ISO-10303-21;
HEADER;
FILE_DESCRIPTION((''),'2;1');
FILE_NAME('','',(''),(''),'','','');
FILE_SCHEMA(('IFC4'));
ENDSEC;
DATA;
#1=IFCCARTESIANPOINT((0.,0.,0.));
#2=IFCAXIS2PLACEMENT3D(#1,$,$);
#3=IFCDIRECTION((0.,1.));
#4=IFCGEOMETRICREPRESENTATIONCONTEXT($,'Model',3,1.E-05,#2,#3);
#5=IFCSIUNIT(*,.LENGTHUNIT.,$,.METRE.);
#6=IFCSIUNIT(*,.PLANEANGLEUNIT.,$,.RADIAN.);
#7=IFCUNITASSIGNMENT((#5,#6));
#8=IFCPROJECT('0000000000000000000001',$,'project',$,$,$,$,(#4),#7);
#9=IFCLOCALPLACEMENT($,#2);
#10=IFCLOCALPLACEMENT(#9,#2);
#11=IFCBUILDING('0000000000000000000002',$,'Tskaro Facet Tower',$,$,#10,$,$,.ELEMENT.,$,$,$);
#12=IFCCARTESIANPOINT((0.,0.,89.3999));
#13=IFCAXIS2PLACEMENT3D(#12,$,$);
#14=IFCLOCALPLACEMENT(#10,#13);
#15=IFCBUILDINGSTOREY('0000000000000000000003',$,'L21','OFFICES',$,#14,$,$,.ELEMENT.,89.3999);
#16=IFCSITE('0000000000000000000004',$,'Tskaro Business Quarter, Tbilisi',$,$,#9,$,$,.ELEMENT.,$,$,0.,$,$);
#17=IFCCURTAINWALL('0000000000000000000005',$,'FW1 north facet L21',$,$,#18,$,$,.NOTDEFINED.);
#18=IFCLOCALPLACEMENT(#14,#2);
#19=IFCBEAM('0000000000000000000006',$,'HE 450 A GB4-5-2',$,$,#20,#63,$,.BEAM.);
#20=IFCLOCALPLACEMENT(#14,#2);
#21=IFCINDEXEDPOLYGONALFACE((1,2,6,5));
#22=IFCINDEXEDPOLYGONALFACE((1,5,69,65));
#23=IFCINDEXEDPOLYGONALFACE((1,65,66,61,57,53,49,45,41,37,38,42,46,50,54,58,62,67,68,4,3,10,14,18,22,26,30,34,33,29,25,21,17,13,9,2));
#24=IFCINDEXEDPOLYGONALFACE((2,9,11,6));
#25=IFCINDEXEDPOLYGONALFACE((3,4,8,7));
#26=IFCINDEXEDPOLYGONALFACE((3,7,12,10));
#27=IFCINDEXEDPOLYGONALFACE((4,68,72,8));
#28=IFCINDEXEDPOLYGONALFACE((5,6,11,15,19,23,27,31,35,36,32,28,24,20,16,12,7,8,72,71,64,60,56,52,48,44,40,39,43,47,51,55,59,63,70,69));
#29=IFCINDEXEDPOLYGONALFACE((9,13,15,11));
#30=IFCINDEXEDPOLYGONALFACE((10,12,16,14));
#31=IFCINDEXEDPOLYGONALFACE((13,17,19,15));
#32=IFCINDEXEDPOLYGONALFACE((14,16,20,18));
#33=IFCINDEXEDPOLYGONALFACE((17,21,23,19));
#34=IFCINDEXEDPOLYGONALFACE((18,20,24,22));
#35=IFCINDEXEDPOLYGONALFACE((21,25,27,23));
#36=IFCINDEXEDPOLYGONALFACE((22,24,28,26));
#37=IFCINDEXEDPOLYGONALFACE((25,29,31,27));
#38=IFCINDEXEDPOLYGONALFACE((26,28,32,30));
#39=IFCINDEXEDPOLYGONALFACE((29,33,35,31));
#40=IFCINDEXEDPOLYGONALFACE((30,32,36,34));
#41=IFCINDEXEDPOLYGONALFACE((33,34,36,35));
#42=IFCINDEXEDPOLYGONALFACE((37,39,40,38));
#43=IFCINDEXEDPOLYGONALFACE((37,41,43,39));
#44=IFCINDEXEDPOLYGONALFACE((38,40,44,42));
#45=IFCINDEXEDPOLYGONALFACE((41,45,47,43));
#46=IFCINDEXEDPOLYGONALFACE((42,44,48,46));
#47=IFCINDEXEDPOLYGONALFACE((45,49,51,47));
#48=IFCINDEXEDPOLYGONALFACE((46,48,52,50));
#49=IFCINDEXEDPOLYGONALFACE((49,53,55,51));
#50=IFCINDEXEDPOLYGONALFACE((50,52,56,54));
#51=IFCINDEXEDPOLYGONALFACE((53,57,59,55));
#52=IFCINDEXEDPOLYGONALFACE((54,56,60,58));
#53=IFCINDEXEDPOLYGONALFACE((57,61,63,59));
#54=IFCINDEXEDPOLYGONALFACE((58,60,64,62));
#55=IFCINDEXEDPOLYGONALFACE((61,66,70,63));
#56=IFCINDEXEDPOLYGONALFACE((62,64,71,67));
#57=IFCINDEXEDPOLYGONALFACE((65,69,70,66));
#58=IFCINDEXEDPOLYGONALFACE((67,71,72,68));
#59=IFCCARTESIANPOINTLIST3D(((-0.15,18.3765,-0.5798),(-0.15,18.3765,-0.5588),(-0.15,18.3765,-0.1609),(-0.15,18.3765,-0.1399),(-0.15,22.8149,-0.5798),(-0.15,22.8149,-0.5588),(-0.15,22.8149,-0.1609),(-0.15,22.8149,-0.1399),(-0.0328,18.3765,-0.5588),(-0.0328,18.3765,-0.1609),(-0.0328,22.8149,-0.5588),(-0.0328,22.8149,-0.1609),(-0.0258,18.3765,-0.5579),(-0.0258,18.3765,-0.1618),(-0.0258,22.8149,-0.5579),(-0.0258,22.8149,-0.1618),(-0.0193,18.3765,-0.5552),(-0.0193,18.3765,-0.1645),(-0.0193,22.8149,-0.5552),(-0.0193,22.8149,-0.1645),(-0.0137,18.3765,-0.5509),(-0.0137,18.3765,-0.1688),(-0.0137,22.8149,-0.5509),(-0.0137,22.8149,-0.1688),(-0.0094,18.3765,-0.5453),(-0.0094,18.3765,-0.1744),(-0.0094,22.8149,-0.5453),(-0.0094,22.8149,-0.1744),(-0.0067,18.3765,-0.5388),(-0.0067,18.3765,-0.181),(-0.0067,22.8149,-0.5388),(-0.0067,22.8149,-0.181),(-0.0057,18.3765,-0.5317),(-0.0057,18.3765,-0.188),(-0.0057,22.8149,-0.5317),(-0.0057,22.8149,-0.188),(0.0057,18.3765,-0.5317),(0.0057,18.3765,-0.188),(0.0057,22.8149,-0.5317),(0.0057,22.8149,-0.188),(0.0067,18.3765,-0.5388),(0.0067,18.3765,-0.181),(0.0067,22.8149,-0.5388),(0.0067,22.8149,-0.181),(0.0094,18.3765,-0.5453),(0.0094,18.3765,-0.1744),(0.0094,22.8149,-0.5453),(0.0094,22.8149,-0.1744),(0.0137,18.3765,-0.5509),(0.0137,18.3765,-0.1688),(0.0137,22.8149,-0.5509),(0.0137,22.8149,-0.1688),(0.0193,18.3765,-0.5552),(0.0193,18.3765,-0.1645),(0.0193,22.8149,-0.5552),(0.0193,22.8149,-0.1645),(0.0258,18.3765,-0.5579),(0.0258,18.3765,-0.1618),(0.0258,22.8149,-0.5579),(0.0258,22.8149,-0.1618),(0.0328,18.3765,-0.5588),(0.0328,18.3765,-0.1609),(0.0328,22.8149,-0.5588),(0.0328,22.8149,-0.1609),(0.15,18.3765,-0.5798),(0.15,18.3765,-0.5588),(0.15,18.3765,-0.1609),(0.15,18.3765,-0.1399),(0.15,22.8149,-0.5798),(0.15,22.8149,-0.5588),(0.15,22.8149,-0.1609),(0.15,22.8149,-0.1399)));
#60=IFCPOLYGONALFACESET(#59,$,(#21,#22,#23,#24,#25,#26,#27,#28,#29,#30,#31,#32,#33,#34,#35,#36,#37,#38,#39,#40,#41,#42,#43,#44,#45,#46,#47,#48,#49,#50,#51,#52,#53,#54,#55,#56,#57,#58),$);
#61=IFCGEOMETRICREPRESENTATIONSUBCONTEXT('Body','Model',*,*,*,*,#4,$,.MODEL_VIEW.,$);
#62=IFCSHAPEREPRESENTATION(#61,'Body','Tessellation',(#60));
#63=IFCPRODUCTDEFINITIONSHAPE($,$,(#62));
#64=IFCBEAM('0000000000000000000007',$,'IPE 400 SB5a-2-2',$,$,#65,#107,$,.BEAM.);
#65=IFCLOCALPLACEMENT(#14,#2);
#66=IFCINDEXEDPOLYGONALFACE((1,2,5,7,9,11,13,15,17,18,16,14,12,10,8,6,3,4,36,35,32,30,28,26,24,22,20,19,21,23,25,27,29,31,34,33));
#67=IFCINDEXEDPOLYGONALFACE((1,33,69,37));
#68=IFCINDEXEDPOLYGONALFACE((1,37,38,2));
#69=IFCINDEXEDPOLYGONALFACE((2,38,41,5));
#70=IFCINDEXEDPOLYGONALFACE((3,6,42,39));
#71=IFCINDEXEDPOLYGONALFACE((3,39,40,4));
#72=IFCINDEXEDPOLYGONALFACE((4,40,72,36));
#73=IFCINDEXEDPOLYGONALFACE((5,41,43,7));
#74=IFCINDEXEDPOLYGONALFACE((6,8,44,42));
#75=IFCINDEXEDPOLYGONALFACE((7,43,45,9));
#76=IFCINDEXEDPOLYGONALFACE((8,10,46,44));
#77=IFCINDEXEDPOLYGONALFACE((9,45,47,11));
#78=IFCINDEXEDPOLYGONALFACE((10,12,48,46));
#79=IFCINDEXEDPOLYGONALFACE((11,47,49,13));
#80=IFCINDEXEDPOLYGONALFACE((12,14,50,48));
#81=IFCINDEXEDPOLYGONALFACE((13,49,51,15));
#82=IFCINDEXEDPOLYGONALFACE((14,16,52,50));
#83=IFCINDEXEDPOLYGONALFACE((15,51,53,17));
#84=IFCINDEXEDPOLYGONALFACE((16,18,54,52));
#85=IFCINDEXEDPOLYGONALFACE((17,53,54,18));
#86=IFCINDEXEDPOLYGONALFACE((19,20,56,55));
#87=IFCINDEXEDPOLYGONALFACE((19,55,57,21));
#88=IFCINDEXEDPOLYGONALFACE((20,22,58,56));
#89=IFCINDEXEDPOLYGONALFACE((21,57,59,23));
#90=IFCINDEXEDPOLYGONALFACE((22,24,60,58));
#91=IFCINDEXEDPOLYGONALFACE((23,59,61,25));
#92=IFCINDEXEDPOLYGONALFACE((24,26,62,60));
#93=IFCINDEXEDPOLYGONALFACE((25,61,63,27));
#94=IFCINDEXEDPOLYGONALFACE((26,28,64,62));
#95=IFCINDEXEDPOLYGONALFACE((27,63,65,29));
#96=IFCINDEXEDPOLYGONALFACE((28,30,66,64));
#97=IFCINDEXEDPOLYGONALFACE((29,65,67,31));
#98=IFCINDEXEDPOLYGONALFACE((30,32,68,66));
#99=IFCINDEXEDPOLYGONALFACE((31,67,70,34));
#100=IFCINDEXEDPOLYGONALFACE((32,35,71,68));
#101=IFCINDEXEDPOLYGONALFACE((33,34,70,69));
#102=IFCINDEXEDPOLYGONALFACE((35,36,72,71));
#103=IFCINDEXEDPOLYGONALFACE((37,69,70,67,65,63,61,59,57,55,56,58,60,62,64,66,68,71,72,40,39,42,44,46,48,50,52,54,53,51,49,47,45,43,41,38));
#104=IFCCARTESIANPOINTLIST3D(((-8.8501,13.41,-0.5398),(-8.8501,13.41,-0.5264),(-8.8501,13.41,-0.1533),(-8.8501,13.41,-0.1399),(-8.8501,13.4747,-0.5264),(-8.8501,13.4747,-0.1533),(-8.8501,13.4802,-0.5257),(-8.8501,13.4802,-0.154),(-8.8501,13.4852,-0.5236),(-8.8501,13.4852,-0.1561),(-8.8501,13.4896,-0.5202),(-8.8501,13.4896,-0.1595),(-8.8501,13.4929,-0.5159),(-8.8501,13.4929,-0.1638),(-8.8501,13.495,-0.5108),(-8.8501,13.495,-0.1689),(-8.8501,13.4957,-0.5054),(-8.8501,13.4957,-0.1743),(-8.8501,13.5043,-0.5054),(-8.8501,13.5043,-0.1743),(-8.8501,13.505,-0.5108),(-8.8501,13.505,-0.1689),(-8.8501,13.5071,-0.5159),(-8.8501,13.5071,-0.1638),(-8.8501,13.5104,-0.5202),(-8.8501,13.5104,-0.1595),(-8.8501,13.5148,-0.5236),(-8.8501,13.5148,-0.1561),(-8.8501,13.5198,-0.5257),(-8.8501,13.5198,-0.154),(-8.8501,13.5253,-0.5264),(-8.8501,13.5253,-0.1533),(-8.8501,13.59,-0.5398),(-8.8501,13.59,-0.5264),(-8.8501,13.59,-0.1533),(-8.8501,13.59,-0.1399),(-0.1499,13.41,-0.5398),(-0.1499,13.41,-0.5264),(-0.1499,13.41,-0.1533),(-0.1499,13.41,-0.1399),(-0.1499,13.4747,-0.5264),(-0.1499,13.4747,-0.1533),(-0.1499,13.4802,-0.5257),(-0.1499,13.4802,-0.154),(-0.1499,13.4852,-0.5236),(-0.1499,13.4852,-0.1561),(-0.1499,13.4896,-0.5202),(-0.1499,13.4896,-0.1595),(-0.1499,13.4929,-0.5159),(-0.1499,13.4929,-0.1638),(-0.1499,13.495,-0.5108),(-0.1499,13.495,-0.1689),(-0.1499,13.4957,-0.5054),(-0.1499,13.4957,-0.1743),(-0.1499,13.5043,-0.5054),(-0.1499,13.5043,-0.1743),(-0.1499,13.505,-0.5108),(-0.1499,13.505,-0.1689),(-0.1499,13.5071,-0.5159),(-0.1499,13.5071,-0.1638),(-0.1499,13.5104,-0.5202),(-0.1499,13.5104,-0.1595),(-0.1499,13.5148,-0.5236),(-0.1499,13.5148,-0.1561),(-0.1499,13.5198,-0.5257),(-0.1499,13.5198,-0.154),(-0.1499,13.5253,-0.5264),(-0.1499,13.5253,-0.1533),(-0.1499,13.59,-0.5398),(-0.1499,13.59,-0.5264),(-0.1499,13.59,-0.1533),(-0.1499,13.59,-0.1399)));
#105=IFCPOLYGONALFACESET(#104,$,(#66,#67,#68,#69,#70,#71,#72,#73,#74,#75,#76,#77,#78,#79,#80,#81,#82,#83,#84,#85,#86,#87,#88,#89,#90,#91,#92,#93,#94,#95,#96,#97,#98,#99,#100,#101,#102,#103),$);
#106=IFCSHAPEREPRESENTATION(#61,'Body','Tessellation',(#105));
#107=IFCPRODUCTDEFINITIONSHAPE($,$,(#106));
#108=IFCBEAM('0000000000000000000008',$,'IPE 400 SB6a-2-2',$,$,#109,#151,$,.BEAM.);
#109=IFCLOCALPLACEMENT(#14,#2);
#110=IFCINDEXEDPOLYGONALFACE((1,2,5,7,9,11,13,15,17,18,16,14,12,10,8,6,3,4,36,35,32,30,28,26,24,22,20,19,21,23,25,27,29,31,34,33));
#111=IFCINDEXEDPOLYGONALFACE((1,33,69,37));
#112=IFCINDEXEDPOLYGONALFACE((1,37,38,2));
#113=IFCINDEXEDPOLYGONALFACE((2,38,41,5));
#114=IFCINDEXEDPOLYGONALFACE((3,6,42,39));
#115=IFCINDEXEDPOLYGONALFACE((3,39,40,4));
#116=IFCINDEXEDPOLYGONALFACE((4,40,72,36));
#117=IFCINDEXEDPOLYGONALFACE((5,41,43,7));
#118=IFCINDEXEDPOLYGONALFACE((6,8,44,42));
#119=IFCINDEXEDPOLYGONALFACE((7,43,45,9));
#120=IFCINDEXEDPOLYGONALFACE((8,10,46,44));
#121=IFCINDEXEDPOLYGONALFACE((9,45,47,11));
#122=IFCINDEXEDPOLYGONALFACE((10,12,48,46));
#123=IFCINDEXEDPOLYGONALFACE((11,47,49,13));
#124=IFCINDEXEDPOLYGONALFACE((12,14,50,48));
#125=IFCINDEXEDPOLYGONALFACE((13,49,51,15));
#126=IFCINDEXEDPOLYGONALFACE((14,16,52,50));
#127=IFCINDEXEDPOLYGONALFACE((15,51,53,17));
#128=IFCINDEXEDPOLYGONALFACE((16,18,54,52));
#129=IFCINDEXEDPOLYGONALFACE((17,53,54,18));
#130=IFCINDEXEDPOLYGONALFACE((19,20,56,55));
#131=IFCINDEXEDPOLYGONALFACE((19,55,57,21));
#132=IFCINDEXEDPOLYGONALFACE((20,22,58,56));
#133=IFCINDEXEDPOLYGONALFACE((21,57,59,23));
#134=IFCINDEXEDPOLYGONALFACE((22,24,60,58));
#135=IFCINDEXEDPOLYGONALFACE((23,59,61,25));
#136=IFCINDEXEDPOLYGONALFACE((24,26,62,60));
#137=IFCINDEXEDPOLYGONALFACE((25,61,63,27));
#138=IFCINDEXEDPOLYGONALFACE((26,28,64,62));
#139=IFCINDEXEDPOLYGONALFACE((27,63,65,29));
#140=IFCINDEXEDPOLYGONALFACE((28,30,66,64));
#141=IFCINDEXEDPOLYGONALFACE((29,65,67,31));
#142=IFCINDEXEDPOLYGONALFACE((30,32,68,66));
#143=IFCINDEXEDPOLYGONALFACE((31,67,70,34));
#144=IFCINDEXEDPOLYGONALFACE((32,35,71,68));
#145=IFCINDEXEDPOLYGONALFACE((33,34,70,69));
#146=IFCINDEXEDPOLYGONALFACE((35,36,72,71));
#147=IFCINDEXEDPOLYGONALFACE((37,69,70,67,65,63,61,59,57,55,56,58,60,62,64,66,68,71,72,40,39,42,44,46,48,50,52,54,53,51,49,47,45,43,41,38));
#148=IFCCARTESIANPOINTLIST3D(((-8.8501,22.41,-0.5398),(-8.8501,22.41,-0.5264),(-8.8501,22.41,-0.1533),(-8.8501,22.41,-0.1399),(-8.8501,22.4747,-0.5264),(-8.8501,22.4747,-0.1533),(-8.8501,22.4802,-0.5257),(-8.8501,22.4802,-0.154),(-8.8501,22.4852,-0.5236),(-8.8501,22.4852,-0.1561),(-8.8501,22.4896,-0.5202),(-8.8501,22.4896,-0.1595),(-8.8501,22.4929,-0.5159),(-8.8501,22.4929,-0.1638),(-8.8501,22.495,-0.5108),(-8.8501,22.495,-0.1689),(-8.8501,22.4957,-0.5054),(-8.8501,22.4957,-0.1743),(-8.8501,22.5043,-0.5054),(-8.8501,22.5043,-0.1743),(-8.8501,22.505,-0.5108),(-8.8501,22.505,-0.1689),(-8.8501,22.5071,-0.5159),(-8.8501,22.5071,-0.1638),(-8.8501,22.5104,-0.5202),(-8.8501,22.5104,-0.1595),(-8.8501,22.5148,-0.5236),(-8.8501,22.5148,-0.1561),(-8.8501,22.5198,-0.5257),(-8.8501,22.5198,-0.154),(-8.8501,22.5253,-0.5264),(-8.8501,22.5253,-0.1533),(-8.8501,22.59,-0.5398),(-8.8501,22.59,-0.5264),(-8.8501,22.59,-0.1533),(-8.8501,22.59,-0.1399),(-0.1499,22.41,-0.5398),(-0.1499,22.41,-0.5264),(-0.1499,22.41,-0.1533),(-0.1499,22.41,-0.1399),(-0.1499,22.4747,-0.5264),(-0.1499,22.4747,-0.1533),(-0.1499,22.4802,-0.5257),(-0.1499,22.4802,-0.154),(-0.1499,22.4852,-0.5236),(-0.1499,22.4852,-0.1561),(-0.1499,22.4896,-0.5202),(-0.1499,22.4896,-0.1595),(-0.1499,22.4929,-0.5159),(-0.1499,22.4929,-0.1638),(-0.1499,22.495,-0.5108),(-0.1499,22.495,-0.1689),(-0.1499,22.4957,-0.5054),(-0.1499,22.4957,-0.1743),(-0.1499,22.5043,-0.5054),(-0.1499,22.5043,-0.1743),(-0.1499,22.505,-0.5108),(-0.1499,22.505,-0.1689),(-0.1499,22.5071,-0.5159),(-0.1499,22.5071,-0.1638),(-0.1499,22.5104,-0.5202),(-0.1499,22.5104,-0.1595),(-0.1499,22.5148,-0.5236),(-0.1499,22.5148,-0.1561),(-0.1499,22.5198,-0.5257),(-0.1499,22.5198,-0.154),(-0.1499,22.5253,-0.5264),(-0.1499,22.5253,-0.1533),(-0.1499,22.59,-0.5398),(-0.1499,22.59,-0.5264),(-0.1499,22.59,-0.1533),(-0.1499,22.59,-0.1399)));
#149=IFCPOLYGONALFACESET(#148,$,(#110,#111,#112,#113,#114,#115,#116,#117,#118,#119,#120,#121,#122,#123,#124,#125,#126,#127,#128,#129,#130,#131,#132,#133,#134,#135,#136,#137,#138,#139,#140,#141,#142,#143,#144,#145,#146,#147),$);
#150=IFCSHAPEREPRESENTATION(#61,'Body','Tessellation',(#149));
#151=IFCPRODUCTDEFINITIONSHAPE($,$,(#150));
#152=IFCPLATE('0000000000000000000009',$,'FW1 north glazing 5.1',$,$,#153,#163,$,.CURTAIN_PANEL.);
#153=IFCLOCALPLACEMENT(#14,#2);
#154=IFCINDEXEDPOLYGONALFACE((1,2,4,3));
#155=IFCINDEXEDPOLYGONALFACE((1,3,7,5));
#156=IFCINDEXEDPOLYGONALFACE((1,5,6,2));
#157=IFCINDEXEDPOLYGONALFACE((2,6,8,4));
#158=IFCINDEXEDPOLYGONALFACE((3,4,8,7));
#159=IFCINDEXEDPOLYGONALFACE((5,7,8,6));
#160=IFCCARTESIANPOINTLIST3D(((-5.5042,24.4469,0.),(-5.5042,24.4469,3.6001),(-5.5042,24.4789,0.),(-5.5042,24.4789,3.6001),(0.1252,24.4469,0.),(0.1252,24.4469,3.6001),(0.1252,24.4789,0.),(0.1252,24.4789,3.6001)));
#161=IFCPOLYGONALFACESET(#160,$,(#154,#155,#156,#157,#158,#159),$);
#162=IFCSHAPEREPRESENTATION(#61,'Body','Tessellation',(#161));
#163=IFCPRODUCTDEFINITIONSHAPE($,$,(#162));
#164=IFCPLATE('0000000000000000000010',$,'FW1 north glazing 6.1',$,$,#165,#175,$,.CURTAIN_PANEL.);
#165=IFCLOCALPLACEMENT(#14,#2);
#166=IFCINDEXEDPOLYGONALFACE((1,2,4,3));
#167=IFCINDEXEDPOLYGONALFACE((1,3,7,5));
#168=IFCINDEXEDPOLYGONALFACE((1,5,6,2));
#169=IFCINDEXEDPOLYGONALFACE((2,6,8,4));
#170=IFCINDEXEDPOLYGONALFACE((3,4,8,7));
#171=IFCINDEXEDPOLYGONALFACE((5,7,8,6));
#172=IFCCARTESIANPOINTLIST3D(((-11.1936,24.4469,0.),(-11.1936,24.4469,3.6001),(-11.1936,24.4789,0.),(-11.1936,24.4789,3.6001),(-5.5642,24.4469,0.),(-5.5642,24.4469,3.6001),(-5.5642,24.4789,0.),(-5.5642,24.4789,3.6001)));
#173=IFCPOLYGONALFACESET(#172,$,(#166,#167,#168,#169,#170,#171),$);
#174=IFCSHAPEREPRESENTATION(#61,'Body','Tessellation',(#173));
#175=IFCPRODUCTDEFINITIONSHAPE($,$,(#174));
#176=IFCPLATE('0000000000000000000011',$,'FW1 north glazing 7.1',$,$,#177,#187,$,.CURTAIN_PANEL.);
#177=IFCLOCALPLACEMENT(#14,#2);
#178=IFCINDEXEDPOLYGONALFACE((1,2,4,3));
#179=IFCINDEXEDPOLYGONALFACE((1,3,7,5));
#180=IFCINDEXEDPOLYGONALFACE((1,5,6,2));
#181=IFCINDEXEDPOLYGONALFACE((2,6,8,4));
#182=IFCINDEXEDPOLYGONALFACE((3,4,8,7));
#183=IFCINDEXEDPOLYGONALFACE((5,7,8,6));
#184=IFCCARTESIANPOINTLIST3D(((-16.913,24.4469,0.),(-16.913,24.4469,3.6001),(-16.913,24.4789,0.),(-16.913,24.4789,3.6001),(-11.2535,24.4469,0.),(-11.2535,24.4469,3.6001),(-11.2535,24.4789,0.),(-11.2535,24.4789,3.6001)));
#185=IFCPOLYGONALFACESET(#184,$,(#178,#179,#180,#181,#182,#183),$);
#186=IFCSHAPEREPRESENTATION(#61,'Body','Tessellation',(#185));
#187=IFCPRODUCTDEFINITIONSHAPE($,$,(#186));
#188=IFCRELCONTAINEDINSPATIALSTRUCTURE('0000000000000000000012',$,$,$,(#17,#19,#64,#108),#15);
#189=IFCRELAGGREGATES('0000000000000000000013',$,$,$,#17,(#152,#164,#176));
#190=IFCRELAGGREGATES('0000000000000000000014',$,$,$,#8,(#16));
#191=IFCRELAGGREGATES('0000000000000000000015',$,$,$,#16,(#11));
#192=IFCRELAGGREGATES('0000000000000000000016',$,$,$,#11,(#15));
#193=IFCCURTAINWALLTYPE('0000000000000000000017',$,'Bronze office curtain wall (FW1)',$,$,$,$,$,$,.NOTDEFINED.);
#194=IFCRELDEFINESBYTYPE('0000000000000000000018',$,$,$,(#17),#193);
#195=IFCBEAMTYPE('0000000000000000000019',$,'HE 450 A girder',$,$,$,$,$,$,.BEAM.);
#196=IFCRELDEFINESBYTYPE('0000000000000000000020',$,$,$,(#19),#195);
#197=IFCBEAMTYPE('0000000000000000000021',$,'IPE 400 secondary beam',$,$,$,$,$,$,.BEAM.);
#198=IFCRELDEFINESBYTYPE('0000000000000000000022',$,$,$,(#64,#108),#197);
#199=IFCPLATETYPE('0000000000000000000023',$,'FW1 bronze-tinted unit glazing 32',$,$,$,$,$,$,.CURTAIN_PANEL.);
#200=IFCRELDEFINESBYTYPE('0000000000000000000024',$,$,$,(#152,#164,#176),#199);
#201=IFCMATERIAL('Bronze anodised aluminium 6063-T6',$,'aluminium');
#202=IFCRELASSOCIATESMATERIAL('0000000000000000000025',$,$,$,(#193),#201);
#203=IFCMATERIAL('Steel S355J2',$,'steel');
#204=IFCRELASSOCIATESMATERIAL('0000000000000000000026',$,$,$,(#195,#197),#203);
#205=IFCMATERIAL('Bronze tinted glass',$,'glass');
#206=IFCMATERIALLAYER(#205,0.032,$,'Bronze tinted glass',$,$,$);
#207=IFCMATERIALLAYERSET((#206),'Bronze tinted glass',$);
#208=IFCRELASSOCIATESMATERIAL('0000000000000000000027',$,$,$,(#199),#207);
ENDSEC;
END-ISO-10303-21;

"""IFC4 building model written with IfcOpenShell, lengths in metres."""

from ifc_helpers import new_model, si_unit, direction, frame, origin, origin_2d, place, context, subcontext, project, spatial, rectangle, i_section, extrude, material, layer, layer_set, material_profile, profile_set, type_object, element, aggregate, save


model = new_model("IFC4")

# Units and contexts
model_context = context("Model", 3, precision=1e-05, world=origin(), true_north=direction((0.0, 1.0)))
body_context = subcontext(model_context, "Body", "Model", "MODEL_VIEW")
ifc_project = project(units=[si_unit("LENGTHUNIT", "METRE"), si_unit("PLANEANGLEUNIT", "RADIAN")], contexts=[model_context])

# Site, building, storey
site_placement = place(None, origin())
site = spatial("IfcSite", under=ifc_project, at=site_placement, Name="Tskaro Business Quarter, Tbilisi", CompositionType="ELEMENT", RefElevation=0.0)
building_placement = place(site_placement, origin())
building = spatial("IfcBuilding", under=site, at=building_placement, Name="Tskaro Facet Tower", CompositionType="ELEMENT")
storey_placement = place(building_placement, frame((0.0, 0.0, 89.3999)))
storey = spatial("IfcBuildingStorey", under=building, at=storey_placement, Name="L21", Description="OFFICES", CompositionType="ELEMENT", Elevation=89.3999)

# Curtain wall
ifc_material_1 = material(Name="Bronze anodised aluminium 6063-T6", Category="aluminium")
curtain_wall_type = type_object("IfcCurtainWallType", Name="Bronze office curtain wall (FW1)", PredefinedType="NOTDEFINED", material=ifc_material_1)
curtain_wall_placement = place(storey_placement, origin())
curtain_wall = element("IfcCurtainWall", 1, at=curtain_wall_placement, inside=storey, type_object=curtain_wall_type, Name="FW1 north facet L21", PredefinedType="NOTDEFINED")

# Beams
ifc_material_2 = material(Name="Steel S355J2", Category="steel")
ifc_material_profile_1 = material_profile(ifc_material_2, i_section(OverallWidth=0.3, OverallDepth=0.4399, WebThickness=0.0115, FlangeThickness=0.021, FilletRadius=0.0271, at=origin_2d()), Name="HE 450 A")
ifc_profile_set_1 = profile_set([ifc_material_profile_1], Name="Steel S355J2")
beam_type_1 = type_object("IfcBeamType", Name="HE 450 A girder", PredefinedType="BEAM", material=ifc_profile_set_1)
for number, where, z_axis, x_axis, name in (
    (2, (0.0, 18.3765, -0.3599), (0.0, 1.0, 0.0), (-1.0, 0.0, 0.0), "HE 450 A GB4-5-2"),
):
    element("IfcBeam", number, at=place(storey_placement, frame(where, z_axis=z_axis, x_axis=x_axis)), inside=storey, type_object=beam_type_1, Name=name, PredefinedType="BEAM", context=body_context, shape_type="SweptSolid", body=[
        extrude(i_section(OverallWidth=0.3, OverallDepth=0.4399, WebThickness=0.0115, FlangeThickness=0.021, FilletRadius=0.0271, at=origin_2d()), origin(), (0.0, 0.0, 1.0), 4.4385),
    ])
ifc_material_profile_2 = material_profile(ifc_material_2, i_section(OverallWidth=0.1799, OverallDepth=0.3999, WebThickness=0.0085, FlangeThickness=0.0134, FilletRadius=0.021, at=origin_2d()), Name="IPE 400")
ifc_profile_set_2 = profile_set([ifc_material_profile_2], Name="Steel S355J2")
beam_type_2 = type_object("IfcBeamType", Name="IPE 400 secondary beam", PredefinedType="BEAM", material=ifc_profile_set_2)
for number, where, z_axis, x_axis, name in (
    (3, (-8.8501, 13.5, -0.3398), (1.0, 0.0, 0.0), (0.0, 1.0, 0.0), "IPE 400 SB5a-2-2"),
    (4, (-8.8501, 22.5, -0.3398), (1.0, 0.0, 0.0), (0.0, 1.0, 0.0), "IPE 400 SB6a-2-2"),
):
    element("IfcBeam", number, at=place(storey_placement, frame(where, z_axis=z_axis, x_axis=x_axis)), inside=storey, type_object=beam_type_2, Name=name, PredefinedType="BEAM", context=body_context, shape_type="SweptSolid", body=[
        extrude(i_section(OverallWidth=0.1799, OverallDepth=0.3999, WebThickness=0.0085, FlangeThickness=0.0134, FilletRadius=0.021, at=origin_2d()), origin(), (0.0, 0.0, 1.0), 8.7002),
    ])

# Plates
ifc_material_3 = material(Name="Bronze tinted glass", Category="glass")
ifc_layer_1 = layer(ifc_material_3, 0.032, Name="Bronze tinted glass")
ifc_layer_set_1 = layer_set([ifc_layer_1], Name="Bronze tinted glass")
plate_type = type_object("IfcPlateType", Name="FW1 bronze-tinted unit glazing 32", PredefinedType="CURTAIN_PANEL", material=ifc_layer_set_1)
plate_1_placement = place(storey_placement, frame((-2.6895, 24.4629, 0.0), z_axis=(0.0, 0.0, 1.0), x_axis=(-1.0, 0.0, 0.0)))
plate_1 = element("IfcPlate", 5, at=plate_1_placement, type_object=plate_type, Name="FW1 north glazing 5.1", PredefinedType="CURTAIN_PANEL", context=body_context, shape_type="SweptSolid", body=[
    extrude(rectangle(XDim=5.6294, YDim=0.032, at=origin_2d()), origin(), (0.0, 0.0, 1.0), 3.6001),
])
plate_2_placement = place(storey_placement, frame((-8.3789, 24.4629, 0.0), z_axis=(0.0, 0.0, 1.0), x_axis=(-1.0, 0.0, 0.0)))
plate_2 = element("IfcPlate", 6, at=plate_2_placement, type_object=plate_type, Name="FW1 north glazing 6.1", PredefinedType="CURTAIN_PANEL", context=body_context, shape_type="SweptSolid", body=[
    extrude(rectangle(XDim=5.6294, YDim=0.032, at=origin_2d()), origin(), (0.0, 0.0, 1.0), 3.6001),
])
plate_3_placement = place(storey_placement, frame((-14.0833, 24.4629, 0.0), z_axis=(0.0, 0.0, 1.0), x_axis=(-1.0, 0.0, 0.0)))
plate_3 = element("IfcPlate", 7, at=plate_3_placement, type_object=plate_type, Name="FW1 north glazing 7.1", PredefinedType="CURTAIN_PANEL", context=body_context, shape_type="SweptSolid", body=[
    extrude(rectangle(XDim=5.6594, YDim=0.032, at=origin_2d()), origin(), (0.0, 0.0, 1.0), 3.6001),
])
aggregate(curtain_wall, [plate_1, plate_2, plate_3])

save(model, "model.ifc")
